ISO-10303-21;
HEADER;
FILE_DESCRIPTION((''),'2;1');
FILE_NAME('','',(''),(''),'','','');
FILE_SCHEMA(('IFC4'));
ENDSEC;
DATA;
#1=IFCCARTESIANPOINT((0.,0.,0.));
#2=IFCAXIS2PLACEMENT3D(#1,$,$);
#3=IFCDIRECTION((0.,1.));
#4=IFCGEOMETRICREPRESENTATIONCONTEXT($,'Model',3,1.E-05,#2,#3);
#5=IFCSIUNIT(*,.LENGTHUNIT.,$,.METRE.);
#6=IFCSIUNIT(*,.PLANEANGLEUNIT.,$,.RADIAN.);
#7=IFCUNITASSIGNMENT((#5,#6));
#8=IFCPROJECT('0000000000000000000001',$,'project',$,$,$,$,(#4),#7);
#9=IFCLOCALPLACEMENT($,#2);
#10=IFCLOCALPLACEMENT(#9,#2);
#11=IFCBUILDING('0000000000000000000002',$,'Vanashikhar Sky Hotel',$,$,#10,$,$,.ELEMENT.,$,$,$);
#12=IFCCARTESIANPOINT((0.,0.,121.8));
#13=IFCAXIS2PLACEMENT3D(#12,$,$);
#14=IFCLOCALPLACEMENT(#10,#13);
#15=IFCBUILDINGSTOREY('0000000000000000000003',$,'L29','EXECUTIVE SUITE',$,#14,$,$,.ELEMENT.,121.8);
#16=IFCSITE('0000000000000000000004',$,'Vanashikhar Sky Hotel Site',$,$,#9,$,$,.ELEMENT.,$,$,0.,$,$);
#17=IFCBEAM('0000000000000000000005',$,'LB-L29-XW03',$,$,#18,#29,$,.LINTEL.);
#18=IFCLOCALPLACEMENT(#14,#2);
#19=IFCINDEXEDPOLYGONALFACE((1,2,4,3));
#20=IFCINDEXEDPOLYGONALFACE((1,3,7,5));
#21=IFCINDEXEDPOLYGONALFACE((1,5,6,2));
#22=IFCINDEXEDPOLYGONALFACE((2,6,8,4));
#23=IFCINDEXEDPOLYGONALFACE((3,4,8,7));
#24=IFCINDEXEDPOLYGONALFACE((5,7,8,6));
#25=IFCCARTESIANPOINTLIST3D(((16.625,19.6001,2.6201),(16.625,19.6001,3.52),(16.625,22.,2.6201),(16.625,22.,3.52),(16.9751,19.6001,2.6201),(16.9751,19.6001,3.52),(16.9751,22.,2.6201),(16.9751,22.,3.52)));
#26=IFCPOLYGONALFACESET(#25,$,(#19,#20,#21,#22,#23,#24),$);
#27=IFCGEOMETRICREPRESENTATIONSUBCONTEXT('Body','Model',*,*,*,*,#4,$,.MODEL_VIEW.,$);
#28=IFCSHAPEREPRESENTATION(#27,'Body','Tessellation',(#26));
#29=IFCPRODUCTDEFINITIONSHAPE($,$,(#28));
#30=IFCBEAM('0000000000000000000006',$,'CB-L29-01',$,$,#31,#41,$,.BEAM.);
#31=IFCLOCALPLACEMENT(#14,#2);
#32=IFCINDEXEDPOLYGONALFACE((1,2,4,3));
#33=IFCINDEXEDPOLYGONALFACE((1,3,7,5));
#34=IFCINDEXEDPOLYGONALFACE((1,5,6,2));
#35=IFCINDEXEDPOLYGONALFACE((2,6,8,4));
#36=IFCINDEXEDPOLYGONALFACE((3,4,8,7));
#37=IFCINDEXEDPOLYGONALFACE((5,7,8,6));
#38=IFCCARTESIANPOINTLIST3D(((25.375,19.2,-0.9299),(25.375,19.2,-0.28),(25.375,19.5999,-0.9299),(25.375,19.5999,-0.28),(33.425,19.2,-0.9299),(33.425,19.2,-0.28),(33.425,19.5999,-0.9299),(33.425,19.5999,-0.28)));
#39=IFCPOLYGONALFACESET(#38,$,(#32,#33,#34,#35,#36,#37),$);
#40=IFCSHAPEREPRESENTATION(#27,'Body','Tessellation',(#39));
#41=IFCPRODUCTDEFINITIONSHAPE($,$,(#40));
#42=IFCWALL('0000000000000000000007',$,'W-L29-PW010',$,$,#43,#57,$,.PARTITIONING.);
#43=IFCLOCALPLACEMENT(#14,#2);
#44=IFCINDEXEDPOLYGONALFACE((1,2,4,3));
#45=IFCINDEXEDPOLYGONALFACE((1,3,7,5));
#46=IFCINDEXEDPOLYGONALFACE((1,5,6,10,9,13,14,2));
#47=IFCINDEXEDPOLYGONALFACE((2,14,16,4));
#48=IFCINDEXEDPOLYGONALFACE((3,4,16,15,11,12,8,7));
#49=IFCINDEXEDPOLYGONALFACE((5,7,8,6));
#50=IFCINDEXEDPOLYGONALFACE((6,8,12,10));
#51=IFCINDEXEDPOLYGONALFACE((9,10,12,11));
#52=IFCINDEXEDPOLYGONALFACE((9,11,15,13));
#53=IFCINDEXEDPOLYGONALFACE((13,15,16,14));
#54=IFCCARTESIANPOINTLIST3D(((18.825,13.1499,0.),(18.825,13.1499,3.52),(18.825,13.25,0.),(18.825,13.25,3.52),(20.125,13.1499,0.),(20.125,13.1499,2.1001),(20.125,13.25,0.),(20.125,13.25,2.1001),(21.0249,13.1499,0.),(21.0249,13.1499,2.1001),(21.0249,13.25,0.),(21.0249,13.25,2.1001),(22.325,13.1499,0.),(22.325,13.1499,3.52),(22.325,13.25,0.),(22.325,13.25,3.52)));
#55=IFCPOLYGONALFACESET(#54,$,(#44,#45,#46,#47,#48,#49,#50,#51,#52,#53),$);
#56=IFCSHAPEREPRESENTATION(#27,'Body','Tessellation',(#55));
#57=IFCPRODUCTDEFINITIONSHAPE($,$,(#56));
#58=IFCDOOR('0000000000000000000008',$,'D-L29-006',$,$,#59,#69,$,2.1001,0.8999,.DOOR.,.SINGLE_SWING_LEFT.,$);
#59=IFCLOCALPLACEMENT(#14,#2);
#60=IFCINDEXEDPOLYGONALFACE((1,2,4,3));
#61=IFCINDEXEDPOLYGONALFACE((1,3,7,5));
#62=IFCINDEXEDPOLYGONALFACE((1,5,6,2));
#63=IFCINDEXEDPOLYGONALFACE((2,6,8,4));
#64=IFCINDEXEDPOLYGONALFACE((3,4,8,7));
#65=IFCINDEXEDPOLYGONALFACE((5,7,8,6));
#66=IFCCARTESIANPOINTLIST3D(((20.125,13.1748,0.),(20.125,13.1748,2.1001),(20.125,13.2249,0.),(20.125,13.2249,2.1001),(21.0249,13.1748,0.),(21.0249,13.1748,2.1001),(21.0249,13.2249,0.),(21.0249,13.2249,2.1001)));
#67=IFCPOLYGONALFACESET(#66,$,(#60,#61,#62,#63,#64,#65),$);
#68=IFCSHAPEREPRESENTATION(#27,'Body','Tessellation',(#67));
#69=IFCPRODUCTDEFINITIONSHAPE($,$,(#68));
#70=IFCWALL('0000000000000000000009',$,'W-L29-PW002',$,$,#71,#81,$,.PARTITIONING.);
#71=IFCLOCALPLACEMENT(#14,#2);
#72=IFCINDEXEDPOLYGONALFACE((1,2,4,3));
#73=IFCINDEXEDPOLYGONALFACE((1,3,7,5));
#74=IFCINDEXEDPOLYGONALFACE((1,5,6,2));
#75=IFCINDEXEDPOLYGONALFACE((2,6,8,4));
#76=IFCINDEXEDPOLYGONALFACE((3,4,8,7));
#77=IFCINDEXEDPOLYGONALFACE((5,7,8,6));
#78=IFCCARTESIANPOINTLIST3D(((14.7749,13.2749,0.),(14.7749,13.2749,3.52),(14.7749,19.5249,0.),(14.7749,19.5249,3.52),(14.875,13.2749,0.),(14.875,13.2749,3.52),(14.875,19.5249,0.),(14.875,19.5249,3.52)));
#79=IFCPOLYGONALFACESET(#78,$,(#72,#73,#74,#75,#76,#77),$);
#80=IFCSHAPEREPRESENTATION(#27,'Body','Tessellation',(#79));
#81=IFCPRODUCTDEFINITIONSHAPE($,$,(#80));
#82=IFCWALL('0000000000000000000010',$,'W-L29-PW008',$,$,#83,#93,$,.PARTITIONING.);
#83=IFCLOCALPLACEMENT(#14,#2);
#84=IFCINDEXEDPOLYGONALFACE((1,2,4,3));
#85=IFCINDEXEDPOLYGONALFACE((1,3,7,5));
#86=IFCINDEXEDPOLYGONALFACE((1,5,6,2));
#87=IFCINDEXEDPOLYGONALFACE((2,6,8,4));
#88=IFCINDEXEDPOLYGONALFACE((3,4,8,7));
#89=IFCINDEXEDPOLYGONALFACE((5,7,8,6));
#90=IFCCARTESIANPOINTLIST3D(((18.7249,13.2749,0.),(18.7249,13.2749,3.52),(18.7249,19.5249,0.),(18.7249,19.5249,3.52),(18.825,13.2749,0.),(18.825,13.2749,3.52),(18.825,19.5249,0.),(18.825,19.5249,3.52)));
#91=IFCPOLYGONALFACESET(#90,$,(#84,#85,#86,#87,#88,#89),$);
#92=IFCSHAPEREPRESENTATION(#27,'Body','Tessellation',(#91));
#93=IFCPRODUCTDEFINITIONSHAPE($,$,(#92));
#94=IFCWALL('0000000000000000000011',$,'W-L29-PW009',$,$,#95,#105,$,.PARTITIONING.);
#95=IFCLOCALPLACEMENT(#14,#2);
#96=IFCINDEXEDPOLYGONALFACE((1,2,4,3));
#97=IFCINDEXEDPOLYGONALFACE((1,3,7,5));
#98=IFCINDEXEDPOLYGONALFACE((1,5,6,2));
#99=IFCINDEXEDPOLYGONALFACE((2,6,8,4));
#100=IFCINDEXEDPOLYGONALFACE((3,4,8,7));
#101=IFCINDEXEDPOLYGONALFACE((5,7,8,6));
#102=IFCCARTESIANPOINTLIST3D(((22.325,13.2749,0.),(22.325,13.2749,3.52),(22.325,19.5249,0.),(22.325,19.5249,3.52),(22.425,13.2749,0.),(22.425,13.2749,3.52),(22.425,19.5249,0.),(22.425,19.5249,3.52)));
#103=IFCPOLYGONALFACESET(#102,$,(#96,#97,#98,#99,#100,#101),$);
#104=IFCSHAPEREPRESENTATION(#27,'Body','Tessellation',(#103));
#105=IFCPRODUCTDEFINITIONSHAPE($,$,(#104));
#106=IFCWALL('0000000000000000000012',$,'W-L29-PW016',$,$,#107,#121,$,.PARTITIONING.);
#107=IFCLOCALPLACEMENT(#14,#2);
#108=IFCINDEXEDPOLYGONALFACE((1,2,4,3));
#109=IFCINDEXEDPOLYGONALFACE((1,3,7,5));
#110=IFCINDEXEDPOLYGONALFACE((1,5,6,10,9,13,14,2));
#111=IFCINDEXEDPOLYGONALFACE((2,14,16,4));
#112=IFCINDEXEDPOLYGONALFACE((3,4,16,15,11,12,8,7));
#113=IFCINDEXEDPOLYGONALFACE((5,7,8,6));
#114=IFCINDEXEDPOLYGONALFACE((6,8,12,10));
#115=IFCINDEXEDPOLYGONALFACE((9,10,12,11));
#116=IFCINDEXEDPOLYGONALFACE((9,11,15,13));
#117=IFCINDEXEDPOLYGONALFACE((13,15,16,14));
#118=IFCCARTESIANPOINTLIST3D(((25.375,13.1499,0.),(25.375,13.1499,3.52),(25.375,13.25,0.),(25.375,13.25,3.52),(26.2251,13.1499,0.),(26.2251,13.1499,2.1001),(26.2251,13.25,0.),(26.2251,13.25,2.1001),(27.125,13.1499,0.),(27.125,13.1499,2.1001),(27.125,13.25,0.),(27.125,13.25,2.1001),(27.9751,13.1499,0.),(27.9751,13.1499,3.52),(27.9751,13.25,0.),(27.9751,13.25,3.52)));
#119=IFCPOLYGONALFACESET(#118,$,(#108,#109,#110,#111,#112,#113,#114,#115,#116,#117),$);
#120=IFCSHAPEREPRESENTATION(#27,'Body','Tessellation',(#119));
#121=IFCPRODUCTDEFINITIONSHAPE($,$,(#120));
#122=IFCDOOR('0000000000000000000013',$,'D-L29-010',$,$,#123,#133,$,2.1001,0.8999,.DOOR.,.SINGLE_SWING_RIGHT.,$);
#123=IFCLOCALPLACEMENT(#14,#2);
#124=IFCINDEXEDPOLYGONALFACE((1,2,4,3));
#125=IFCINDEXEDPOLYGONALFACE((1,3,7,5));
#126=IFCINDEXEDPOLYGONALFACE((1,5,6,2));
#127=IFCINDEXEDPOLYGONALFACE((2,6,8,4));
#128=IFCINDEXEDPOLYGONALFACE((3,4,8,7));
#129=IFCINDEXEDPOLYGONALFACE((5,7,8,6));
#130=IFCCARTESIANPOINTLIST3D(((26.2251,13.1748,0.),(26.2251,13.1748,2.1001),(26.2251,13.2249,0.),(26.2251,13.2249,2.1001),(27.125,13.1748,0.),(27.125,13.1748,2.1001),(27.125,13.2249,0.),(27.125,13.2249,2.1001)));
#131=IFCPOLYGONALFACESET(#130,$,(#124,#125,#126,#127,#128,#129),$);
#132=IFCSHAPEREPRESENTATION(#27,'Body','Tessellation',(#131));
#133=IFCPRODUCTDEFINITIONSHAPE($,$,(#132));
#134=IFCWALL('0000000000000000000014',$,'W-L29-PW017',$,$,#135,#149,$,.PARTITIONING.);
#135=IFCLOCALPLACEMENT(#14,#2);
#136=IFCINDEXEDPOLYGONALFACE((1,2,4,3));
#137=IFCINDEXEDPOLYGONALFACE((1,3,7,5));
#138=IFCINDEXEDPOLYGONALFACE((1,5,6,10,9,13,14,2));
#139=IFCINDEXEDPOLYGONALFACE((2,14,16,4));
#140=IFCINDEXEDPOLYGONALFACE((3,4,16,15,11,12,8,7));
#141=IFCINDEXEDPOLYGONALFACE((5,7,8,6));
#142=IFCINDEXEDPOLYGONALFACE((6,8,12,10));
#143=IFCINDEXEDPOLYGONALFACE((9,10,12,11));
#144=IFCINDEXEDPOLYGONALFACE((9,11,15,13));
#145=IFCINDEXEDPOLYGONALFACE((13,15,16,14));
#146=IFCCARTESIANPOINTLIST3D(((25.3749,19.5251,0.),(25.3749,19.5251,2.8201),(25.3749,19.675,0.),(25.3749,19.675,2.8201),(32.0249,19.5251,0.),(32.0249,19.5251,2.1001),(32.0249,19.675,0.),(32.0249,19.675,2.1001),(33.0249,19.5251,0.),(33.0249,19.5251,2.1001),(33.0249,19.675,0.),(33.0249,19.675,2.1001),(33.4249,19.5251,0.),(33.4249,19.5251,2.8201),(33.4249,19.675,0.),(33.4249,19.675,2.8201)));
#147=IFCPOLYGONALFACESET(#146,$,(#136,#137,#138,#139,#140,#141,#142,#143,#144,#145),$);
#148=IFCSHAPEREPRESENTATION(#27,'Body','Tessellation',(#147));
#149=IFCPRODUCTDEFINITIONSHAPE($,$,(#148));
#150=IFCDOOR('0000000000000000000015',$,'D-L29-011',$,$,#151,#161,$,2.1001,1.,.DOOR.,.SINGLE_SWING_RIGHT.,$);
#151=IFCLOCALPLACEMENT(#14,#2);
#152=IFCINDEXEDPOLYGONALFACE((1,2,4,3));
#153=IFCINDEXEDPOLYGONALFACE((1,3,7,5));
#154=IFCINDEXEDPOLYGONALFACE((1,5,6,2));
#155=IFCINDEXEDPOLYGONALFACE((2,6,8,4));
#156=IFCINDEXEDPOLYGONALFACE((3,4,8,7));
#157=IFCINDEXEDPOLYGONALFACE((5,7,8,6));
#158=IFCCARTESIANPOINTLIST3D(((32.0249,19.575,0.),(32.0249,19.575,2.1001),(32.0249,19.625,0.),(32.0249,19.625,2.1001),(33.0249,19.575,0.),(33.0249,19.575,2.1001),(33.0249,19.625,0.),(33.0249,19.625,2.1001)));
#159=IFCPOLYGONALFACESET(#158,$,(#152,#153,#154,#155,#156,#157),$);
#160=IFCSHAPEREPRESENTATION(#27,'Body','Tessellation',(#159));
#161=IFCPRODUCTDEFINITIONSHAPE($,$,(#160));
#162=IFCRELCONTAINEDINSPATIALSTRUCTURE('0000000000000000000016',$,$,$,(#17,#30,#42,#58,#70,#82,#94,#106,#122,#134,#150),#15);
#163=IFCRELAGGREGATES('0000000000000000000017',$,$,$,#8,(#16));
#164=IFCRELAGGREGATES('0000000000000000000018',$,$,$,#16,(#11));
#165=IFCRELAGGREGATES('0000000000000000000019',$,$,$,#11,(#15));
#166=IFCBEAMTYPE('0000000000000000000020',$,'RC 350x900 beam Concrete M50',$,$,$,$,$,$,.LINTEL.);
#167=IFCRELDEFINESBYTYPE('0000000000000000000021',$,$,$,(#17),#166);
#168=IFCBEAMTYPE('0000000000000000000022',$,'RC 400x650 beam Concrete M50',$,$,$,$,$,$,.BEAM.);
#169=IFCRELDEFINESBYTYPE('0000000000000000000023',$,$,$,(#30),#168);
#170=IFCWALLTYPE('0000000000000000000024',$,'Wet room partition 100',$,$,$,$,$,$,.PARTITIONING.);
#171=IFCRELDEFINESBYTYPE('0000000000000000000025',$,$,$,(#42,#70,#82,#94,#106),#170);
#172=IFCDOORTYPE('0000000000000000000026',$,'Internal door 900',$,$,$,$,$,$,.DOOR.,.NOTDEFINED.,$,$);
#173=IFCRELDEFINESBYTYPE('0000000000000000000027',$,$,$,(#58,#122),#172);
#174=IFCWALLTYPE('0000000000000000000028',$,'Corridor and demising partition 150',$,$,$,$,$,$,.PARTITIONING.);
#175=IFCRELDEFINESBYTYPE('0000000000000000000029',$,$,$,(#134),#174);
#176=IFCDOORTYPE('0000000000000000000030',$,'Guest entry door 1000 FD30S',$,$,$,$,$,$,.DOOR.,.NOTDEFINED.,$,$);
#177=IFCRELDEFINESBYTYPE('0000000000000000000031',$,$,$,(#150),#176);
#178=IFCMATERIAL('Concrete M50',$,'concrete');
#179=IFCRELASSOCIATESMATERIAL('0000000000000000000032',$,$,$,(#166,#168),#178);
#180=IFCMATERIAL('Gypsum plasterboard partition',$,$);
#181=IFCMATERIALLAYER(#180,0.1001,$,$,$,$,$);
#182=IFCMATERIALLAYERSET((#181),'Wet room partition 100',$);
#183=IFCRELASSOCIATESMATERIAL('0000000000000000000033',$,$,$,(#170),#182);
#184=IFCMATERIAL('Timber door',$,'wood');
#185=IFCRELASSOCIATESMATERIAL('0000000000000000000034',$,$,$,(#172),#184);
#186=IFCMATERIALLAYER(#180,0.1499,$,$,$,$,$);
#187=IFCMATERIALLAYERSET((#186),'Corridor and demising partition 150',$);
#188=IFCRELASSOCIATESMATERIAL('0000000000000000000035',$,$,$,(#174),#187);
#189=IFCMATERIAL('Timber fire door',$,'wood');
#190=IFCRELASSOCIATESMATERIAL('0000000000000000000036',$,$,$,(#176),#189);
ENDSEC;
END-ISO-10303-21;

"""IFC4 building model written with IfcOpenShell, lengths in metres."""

from ifc_helpers import new_model, si_unit, direction, frame, frame_2d, origin, origin_2d, place, context, subcontext, project, spatial, rectangle, extrude, source, transform, mapped, material, layer, layer_set, material_profile, profile_set, type_object, element, fill, save


model = new_model("IFC4")

# Units and contexts
model_context = context("Model", 3, precision=1e-05, world=origin(), true_north=direction((0.0, 1.0)))
body_context = subcontext(model_context, "Body", "Model", "MODEL_VIEW")
ifc_project = project(units=[si_unit("LENGTHUNIT", "METRE"), si_unit("PLANEANGLEUNIT", "RADIAN")], contexts=[model_context])

# Site, building, storey
site_placement = place(None, origin())
site = spatial("IfcSite", under=ifc_project, at=site_placement, Name="Vanashikhar Sky Hotel Site", CompositionType="ELEMENT", RefElevation=0.0)
building_placement = place(site_placement, origin())
building = spatial("IfcBuilding", under=site, at=building_placement, Name="Vanashikhar Sky Hotel", CompositionType="ELEMENT")
storey_placement = place(building_placement, frame((0.0, 0.0, 121.8)))
storey = spatial("IfcBuildingStorey", under=building, at=storey_placement, Name="L29", Description="EXECUTIVE SUITE", CompositionType="ELEMENT", Elevation=121.8)

# Beams
ifc_material_1 = material(Name="Concrete M50", Category="concrete")
ifc_material_profile_1 = material_profile(ifc_material_1, rectangle(XDim=0.3501, YDim=0.8999, at=origin_2d()))
ifc_profile_set_1 = profile_set([ifc_material_profile_1], Name="RC 350x900 beam Concrete M50")
beam_type_1 = type_object("IfcBeamType", Name="RC 350x900 beam Concrete M50", PredefinedType="LINTEL", material=ifc_profile_set_1)
shared_shape_1 = source(origin(), body_context, "Body", "SweptSolid", [
    extrude(rectangle(XDim=0.3501, YDim=0.8999, at=origin_2d()), origin(), (0.0, 0.0, 1.0), 2.3999),
])
beam_1_placement = place(storey_placement, frame((16.8, 19.6001, 3.0701), z_axis=(0.0, 1.0, 0.0), x_axis=(-1.0, 0.0, 0.0)))
element("IfcBeam", 1, at=beam_1_placement, inside=storey, type_object=beam_type_1, Name="LB-L29-XW03", PredefinedType="LINTEL", context=body_context, shape_type="MappedRepresentation", body=[
    mapped(shared_shape_1, transform((0.0, 0.0, 0.0), scale=1.0)),
])
ifc_material_profile_2 = material_profile(ifc_material_1, rectangle(XDim=0.3999, YDim=0.6499, at=origin_2d()))
ifc_profile_set_2 = profile_set([ifc_material_profile_2], Name="RC 400x650 beam Concrete M50")
beam_type_2 = type_object("IfcBeamType", Name="RC 400x650 beam Concrete M50", PredefinedType="BEAM", material=ifc_profile_set_2)
shared_shape_2 = source(origin(), body_context, "Body", "SweptSolid", [
    extrude(rectangle(XDim=0.3999, YDim=0.6499, at=origin_2d()), origin(), (0.0, 0.0, 1.0), 8.05),
])
beam_2_placement = place(storey_placement, frame((25.375, 19.3999, -0.605), z_axis=(1.0, 0.0, 0.0), x_axis=(0.0, 1.0, 0.0)))
element("IfcBeam", 2, at=beam_2_placement, inside=storey, type_object=beam_type_2, Name="CB-L29-01", PredefinedType="BEAM", context=body_context, shape_type="MappedRepresentation", body=[
    mapped(shared_shape_2, transform((0.0, 0.0, 0.0), scale=1.0)),
])

# Wall, opening, door
ifc_material_2 = material(Name="Gypsum plasterboard partition")
ifc_layer_1 = layer(ifc_material_2, 0.1001)
ifc_layer_set_1 = layer_set([ifc_layer_1], Name="Wet room partition 100")
wall_type_1 = type_object("IfcWallType", Name="Wet room partition 100", PredefinedType="PARTITIONING", material=ifc_layer_set_1)
shared_shape_3 = source(origin(), body_context, "Body", "SweptSolid", [
    extrude(rectangle(XDim=3.5, YDim=0.1001, at=frame_2d((1.75, 0.0))), origin(), (0.0, 0.0, 1.0), 3.52),
])
wall_1_placement = place(storey_placement, frame((18.825, 13.2, 0.0), z_axis=(0.0, 0.0, 1.0), x_axis=(1.0, 0.0, 0.0)))
wall_1 = element("IfcWall", 3, at=wall_1_placement, inside=storey, type_object=wall_type_1, Name="W-L29-PW010", PredefinedType="PARTITIONING", context=body_context, shape_type="MappedRepresentation", body=[
    mapped(shared_shape_3, transform((0.0, 0.0, 0.0), scale=1.0)),
])
shared_shape_4 = source(origin(), body_context, "Body", "SweptSolid", [
    extrude(rectangle(XDim=0.8999, YDim=2.1001, at=frame_2d((0.45, 1.05))), frame((0.0, 0.0601, 0.0), z_axis=(0.0, -1.0, 0.0), x_axis=(1.0, 0.0, 0.0)), (0.0, 0.0, 1.0), 0.1201),
])
opening_1_placement = place(wall_1_placement, frame((1.3, 0.0, 0.0)))
opening_1 = element("IfcOpeningElement", 4, at=opening_1_placement, cuts=wall_1, PredefinedType="OPENING", context=body_context, shape_type="MappedRepresentation", body=[
    mapped(shared_shape_4, transform((0.0, 0.0, 0.0), scale=1.0)),
])
ifc_material_3 = material(Name="Timber door", Category="wood")
door_type_1 = type_object("IfcDoorType", Name="Internal door 900", OperationType="NOTDEFINED", PredefinedType="DOOR", material=ifc_material_3)
shared_shape_5 = source(origin(), body_context, "Body", "SweptSolid", [
    extrude(rectangle(XDim=0.8999, YDim=2.1001, at=frame_2d((0.45, 1.05))), frame((0.0, 0.0249, 0.0), z_axis=(0.0, -1.0, 0.0), x_axis=(1.0, 0.0, 0.0)), (0.0, 0.0, 1.0), 0.05),
])
door_1_placement = place(opening_1_placement, origin())
door_1 = element("IfcDoor", 5, at=door_1_placement, inside=storey, type_object=door_type_1, Name="D-L29-006", OperationType="SINGLE_SWING_LEFT", OverallHeight=2.1001, OverallWidth=0.8999, PredefinedType="DOOR", context=body_context, shape_type="MappedRepresentation", body=[
    mapped(shared_shape_5, transform((0.0, 0.0, 0.0), scale=1.0)),
])
fill(opening_1, door_1)

# Walls
shared_shape_6 = source(origin(), body_context, "Body", "SweptSolid", [
    extrude(rectangle(XDim=6.25, YDim=0.1001, at=frame_2d((3.125, 0.0))), origin(), (0.0, 0.0, 1.0), 3.52),
])
for number, where, z_axis, x_axis, name in (
    (6, (14.825, 13.2749, 0.0), (0.0, 0.0, 1.0), (0.0, 1.0, 0.0), "W-L29-PW002"),
    (7, (18.7749, 13.2749, 0.0), (0.0, 0.0, 1.0), (0.0, 1.0, 0.0), "W-L29-PW008"),
    (8, (22.375, 13.2749, 0.0), (0.0, 0.0, 1.0), (0.0, 1.0, 0.0), "W-L29-PW009"),
):
    element("IfcWall", number, at=place(storey_placement, frame(where, z_axis=z_axis, x_axis=x_axis)), inside=storey, type_object=wall_type_1, Name=name, PredefinedType="PARTITIONING", context=body_context, shape_type="MappedRepresentation", body=[
        mapped(shared_shape_6, transform((0.0, 0.0, 0.0), scale=1.0)),
    ])

# Walls, openings, doors
shared_shape_7 = source(origin(), body_context, "Body", "SweptSolid", [
    extrude(rectangle(XDim=2.6001, YDim=0.1001, at=frame_2d((1.3, 0.0))), origin(), (0.0, 0.0, 1.0), 3.52),
])
wall_2_placement = place(storey_placement, frame((25.375, 13.2, 0.0), z_axis=(0.0, 0.0, 1.0), x_axis=(1.0, 0.0, 0.0)))
wall_2 = element("IfcWall", 9, at=wall_2_placement, inside=storey, type_object=wall_type_1, Name="W-L29-PW016", PredefinedType="PARTITIONING", context=body_context, shape_type="MappedRepresentation", body=[
    mapped(shared_shape_7, transform((0.0, 0.0, 0.0), scale=1.0)),
])
opening_2_placement = place(wall_2_placement, frame((0.8501, 0.0, 0.0)))
opening_2 = element("IfcOpeningElement", 10, at=opening_2_placement, cuts=wall_2, PredefinedType="OPENING", context=body_context, shape_type="MappedRepresentation", body=[
    mapped(shared_shape_4, transform((0.0, 0.0, 0.0), scale=1.0)),
])
door_2_placement = place(opening_2_placement, origin())
door_2 = element("IfcDoor", 11, at=door_2_placement, inside=storey, type_object=door_type_1, Name="D-L29-010", OperationType="SINGLE_SWING_RIGHT", OverallHeight=2.1001, OverallWidth=0.8999, PredefinedType="DOOR", context=body_context, shape_type="MappedRepresentation", body=[
    mapped(shared_shape_5, transform((0.0, 0.0, 0.0), scale=1.0)),
])
fill(opening_2, door_2)
ifc_layer_2 = layer(ifc_material_2, 0.1499)
ifc_layer_set_2 = layer_set([ifc_layer_2], Name="Corridor and demising partition 150")
wall_type_2 = type_object("IfcWallType", Name="Corridor and demising partition 150", PredefinedType="PARTITIONING", material=ifc_layer_set_2)
shared_shape_8 = source(origin(), body_context, "Body", "SweptSolid", [
    extrude(rectangle(XDim=8.05, YDim=0.1499, at=frame_2d((4.0249, 0.0))), origin(), (0.0, 0.0, 1.0), 2.8201),
])
wall_3_placement = place(storey_placement, frame((25.375, 19.6001, 0.0), z_axis=(0.0, 0.0, 1.0), x_axis=(1.0, 0.0, 0.0)))
wall_3 = element("IfcWall", 12, at=wall_3_placement, inside=storey, type_object=wall_type_2, Name="W-L29-PW017", PredefinedType="PARTITIONING", context=body_context, shape_type="MappedRepresentation", body=[
    mapped(shared_shape_8, transform((0.0, 0.0, 0.0), scale=1.0)),
])
shared_shape_9 = source(origin(), body_context, "Body", "SweptSolid", [
    extrude(rectangle(XDim=1.0, YDim=2.1001, at=frame_2d((0.5, 1.05))), frame((0.0, 0.085, 0.0), z_axis=(0.0, -1.0, 0.0), x_axis=(1.0, 0.0, 0.0)), (0.0, 0.0, 1.0), 0.1699),
])
opening_3_placement = place(wall_3_placement, frame((6.6499, 0.0, 0.0)))
opening_3 = element("IfcOpeningElement", 13, at=opening_3_placement, cuts=wall_3, PredefinedType="OPENING", context=body_context, shape_type="MappedRepresentation", body=[
    mapped(shared_shape_9, transform((0.0, 0.0, 0.0), scale=1.0)),
])
ifc_material_4 = material(Name="Timber fire door", Category="wood")
door_type_2 = type_object("IfcDoorType", Name="Guest entry door 1000 FD30S", OperationType="NOTDEFINED", PredefinedType="DOOR", material=ifc_material_4)
shared_shape_10 = source(origin(), body_context, "Body", "SweptSolid", [
    extrude(rectangle(XDim=1.0, YDim=2.1001, at=frame_2d((0.5, 1.05))), frame((0.0, 0.0249, 0.0), z_axis=(0.0, -1.0, 0.0), x_axis=(1.0, 0.0, 0.0)), (0.0, 0.0, 1.0), 0.05),
])
door_3_placement = place(opening_3_placement, origin())
door_3 = element("IfcDoor", 14, at=door_3_placement, inside=storey, type_object=door_type_2, Name="D-L29-011", OperationType="SINGLE_SWING_RIGHT", OverallHeight=2.1001, OverallWidth=1.0, PredefinedType="DOOR", context=body_context, shape_type="MappedRepresentation", body=[
    mapped(shared_shape_10, transform((0.0, 0.0, 0.0), scale=1.0)),
])
fill(opening_3, door_3)

save(model, "model.ifc")
